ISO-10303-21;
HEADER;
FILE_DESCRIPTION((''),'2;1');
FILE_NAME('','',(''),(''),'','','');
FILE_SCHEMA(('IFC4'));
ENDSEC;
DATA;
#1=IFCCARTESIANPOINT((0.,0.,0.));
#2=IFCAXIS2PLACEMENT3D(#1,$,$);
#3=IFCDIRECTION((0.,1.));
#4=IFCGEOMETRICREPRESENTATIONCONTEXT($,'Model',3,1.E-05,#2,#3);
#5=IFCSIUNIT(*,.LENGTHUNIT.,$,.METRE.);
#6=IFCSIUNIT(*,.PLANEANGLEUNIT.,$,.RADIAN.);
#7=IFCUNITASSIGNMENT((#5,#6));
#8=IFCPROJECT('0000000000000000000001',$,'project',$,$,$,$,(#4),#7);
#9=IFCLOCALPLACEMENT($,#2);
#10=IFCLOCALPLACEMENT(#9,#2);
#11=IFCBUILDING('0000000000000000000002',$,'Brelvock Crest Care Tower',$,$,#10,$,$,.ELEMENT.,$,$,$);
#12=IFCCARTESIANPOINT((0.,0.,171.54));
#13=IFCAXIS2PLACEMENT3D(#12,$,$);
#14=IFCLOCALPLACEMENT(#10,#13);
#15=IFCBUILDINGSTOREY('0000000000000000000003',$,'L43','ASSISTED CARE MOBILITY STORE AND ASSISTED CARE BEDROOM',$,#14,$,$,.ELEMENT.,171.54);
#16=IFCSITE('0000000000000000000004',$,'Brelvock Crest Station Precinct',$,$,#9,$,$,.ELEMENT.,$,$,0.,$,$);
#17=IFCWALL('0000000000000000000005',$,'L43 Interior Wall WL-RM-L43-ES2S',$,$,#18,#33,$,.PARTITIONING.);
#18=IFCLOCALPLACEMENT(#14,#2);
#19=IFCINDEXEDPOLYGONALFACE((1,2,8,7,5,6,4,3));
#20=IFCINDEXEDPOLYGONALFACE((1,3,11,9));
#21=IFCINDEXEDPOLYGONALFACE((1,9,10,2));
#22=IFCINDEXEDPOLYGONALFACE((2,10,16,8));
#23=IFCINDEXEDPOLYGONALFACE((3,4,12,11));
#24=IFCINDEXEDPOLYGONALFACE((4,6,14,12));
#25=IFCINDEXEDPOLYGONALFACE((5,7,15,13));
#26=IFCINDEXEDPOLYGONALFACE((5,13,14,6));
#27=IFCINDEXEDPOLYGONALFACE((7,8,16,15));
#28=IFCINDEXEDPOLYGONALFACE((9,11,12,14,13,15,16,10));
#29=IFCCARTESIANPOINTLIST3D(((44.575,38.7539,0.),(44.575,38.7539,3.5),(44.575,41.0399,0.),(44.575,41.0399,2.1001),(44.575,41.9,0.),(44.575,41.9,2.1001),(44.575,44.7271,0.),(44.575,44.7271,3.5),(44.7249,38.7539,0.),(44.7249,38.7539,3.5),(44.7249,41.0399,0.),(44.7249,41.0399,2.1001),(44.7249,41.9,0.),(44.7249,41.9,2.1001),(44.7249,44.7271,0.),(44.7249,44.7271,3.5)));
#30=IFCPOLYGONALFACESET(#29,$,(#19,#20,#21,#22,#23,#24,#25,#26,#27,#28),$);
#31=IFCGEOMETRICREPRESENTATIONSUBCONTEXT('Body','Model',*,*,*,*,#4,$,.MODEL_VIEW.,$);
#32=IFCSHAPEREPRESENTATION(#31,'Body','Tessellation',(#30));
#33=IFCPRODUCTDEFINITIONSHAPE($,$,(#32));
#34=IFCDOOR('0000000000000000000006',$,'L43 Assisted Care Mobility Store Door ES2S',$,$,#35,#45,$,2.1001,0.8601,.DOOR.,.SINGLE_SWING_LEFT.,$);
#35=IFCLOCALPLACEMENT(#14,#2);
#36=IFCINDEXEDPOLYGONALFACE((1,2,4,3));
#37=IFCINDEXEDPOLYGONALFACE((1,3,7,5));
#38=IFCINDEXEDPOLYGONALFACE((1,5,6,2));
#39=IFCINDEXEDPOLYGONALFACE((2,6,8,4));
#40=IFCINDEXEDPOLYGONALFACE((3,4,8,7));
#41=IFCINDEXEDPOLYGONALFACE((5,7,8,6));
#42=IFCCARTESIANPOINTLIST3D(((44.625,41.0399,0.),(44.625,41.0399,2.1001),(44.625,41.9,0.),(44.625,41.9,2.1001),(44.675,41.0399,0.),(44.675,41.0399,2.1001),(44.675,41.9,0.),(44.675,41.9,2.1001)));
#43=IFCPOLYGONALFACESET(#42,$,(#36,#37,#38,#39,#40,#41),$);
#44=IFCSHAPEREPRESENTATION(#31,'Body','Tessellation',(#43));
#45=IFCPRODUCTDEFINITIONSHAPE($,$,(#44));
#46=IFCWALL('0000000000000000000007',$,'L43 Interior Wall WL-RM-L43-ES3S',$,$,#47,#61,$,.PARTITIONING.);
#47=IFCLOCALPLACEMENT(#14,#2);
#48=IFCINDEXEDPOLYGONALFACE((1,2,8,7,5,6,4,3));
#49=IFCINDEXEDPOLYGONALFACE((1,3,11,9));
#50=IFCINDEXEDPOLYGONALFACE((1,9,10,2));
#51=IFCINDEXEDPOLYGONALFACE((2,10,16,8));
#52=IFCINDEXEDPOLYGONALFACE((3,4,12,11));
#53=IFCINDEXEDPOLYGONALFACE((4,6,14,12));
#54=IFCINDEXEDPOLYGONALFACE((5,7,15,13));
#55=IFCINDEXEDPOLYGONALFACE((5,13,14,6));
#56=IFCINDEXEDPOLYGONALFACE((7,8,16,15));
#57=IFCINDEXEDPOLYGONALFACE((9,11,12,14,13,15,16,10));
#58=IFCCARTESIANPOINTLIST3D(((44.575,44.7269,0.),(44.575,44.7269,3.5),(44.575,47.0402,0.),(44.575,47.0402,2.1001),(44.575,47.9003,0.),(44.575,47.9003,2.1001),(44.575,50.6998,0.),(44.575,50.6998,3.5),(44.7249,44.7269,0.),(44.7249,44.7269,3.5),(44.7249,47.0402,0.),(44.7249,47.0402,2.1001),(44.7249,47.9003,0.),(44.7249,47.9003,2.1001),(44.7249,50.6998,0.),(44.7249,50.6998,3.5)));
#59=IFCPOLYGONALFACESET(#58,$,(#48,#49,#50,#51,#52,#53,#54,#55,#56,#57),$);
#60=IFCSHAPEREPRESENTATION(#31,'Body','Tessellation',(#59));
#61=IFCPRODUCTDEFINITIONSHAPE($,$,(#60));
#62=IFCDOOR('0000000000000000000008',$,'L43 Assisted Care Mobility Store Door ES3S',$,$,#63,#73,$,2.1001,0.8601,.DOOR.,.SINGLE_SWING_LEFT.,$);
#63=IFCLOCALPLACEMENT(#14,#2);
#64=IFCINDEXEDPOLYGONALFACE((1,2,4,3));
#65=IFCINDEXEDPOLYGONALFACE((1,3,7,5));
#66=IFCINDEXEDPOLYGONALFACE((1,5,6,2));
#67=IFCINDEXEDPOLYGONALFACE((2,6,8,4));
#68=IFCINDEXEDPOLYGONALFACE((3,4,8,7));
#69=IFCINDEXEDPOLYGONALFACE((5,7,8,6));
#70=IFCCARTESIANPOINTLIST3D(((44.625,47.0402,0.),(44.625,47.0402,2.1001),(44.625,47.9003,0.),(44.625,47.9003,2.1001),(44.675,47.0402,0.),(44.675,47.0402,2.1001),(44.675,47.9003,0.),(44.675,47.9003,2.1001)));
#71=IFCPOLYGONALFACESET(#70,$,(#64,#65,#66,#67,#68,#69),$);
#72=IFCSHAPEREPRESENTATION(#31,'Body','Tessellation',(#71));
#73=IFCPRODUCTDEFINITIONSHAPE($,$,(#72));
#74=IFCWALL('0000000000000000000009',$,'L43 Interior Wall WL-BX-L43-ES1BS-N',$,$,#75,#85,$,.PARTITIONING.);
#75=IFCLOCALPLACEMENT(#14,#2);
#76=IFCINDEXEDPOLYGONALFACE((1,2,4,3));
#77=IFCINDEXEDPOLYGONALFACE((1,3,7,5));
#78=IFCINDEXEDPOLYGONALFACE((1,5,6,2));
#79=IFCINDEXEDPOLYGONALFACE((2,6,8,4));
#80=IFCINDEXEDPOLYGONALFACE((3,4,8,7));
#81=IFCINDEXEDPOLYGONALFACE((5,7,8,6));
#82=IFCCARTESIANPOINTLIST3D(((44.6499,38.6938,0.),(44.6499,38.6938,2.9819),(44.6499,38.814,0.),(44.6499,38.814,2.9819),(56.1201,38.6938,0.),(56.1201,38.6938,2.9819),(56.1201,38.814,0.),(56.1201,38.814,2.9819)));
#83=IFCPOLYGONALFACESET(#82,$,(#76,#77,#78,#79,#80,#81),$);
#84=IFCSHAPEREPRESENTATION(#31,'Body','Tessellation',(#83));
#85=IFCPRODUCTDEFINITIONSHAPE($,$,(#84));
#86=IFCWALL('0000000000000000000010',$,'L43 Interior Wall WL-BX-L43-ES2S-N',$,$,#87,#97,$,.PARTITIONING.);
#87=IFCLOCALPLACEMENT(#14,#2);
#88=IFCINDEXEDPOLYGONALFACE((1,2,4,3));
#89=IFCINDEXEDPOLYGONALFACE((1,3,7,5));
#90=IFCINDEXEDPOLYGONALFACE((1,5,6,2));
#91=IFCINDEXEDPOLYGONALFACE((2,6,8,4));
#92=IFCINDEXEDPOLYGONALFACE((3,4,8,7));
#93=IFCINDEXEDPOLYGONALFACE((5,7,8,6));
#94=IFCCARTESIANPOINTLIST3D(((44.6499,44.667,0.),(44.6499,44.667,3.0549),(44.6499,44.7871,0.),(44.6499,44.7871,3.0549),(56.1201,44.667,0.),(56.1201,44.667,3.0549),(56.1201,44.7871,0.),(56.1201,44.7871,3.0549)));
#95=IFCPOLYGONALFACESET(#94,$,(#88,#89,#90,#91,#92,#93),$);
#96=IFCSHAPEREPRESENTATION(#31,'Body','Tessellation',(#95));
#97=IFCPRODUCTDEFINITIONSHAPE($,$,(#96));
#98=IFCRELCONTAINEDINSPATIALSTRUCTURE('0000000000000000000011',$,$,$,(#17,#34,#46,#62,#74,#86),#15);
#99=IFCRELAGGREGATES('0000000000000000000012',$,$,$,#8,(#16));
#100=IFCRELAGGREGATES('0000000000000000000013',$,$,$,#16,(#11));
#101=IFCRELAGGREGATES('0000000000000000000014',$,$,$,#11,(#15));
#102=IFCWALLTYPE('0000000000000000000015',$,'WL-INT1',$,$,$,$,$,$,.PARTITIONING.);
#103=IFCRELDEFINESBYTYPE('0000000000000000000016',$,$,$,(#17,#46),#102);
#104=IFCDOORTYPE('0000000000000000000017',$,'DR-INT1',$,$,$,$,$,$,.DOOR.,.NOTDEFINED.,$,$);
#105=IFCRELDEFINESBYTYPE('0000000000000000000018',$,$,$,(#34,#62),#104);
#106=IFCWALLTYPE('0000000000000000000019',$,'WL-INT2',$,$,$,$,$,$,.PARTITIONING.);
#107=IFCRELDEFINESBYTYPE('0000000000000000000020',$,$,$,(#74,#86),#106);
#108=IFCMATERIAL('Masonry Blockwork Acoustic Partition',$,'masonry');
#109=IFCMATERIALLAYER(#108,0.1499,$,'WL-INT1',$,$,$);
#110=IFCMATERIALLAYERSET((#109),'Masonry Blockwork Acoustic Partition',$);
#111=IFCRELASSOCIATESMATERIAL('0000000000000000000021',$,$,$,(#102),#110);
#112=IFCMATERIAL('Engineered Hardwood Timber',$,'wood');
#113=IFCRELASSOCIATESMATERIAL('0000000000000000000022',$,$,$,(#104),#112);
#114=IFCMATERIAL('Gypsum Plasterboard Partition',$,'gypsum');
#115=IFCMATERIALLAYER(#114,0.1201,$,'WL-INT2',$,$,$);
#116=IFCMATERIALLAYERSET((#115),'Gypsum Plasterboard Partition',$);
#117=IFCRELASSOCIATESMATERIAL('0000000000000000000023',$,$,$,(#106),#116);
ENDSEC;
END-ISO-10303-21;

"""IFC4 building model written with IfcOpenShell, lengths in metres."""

from ifc_helpers import new_model, si_unit, direction, frame, frame_2d, origin, origin_2d, place, context, subcontext, project, spatial, rectangle, extrude, source, transform, mapped, material, layer, layer_set, type_object, element, fill, save


model = new_model("IFC4")

# Units and contexts
model_context = context("Model", 3, precision=1e-05, world=origin(), true_north=direction((0.0, 1.0)))
body_context = subcontext(model_context, "Body", "Model", "MODEL_VIEW")
ifc_project = project(units=[si_unit("LENGTHUNIT", "METRE"), si_unit("PLANEANGLEUNIT", "RADIAN")], contexts=[model_context])

# Site, building, storey
site_placement = place(None, origin())
site = spatial("IfcSite", under=ifc_project, at=site_placement, Name="Brelvock Crest Station Precinct", CompositionType="ELEMENT", RefElevation=0.0)
building_placement = place(site_placement, origin())
building = spatial("IfcBuilding", under=site, at=building_placement, Name="Brelvock Crest Care Tower", CompositionType="ELEMENT")
storey_placement = place(building_placement, frame((0.0, 0.0, 171.54)))
storey = spatial("IfcBuildingStorey", under=building, at=storey_placement, Name="L43", Description="ASSISTED CARE MOBILITY STORE AND ASSISTED CARE BEDROOM", CompositionType="ELEMENT", Elevation=171.54)

# Walls, openings, doors
ifc_material_1 = material(Name="Masonry Blockwork Acoustic Partition", Category="masonry")
ifc_layer_1 = layer(ifc_material_1, 0.1499, Name="WL-INT1")
ifc_layer_set_1 = layer_set([ifc_layer_1], Name="Masonry Blockwork Acoustic Partition")
wall_type_1 = type_object("IfcWallType", Name="WL-INT1", PredefinedType="PARTITIONING", material=ifc_layer_set_1)
wall_1_placement = place(storey_placement, frame((44.6499, 38.7539, 0.0), z_axis=(0.0, 0.0, 1.0), x_axis=(0.0, 1.0, 0.0)))
wall_1 = element("IfcWall", 1, at=wall_1_placement, inside=storey, type_object=wall_type_1, Name="L43 Interior Wall WL-RM-L43-ES2S", PredefinedType="PARTITIONING", context=body_context, shape_type="SweptSolid", body=[
    extrude(rectangle(XDim=5.9731, YDim=0.1499, at=frame_2d((2.9866, 0.0))), origin(), (0.0, 0.0, 1.0), 3.5),
])
opening_1_placement = place(wall_1_placement, frame((2.2859, 0.0, 0.0)))
opening_1 = element("IfcOpeningElement", 2, at=opening_1_placement, cuts=wall_1, PredefinedType="OPENING", context=body_context, shape_type="SweptSolid", body=[
    extrude(rectangle(XDim=0.8601, YDim=2.1001, at=origin_2d()), frame((0.4302, 0.085, 1.05), z_axis=(0.0, -1.0, 0.0), x_axis=(1.0, 0.0, 0.0)), (0.0, 0.0, 1.0), 0.1699),
])
ifc_material_2 = material(Name="Engineered Hardwood Timber", Category="wood")
door_type = type_object("IfcDoorType", Name="DR-INT1", OperationType="NOTDEFINED", PredefinedType="DOOR", material=ifc_material_2)
shared_shape_1 = source(origin(), body_context, "Body", "SweptSolid", [
    extrude(rectangle(XDim=0.8601, YDim=2.1001, at=origin_2d()), frame((0.4302, 0.0249, 1.05), z_axis=(0.0, -1.0, 0.0), x_axis=(1.0, 0.0, 0.0)), (0.0, 0.0, 1.0), 0.05),
])
door_1_placement = place(opening_1_placement, origin())
door_1 = element("IfcDoor", 3, at=door_1_placement, inside=storey, type_object=door_type, Name="L43 Assisted Care Mobility Store Door ES2S", OperationType="SINGLE_SWING_LEFT", OverallHeight=2.1001, OverallWidth=0.8601, PredefinedType="DOOR", context=body_context, shape_type="MappedRepresentation", body=[
    mapped(shared_shape_1, transform((0.0, 0.0, 0.0), x_axis=(1.0, 0.0, 0.0), y_axis=(0.0, 1.0, 0.0), z_axis=(0.0, 0.0, 1.0), scale=1.0)),
])
fill(opening_1, door_1)
wall_2_placement = place(storey_placement, frame((44.6499, 44.7271, 0.0), z_axis=(0.0, 0.0, 1.0), x_axis=(0.0, 1.0, 0.0)))
wall_2 = element("IfcWall", 4, at=wall_2_placement, inside=storey, type_object=wall_type_1, Name="L43 Interior Wall WL-RM-L43-ES3S", PredefinedType="PARTITIONING", context=body_context, shape_type="SweptSolid", body=[
    extrude(rectangle(XDim=5.9729, YDim=0.1499, at=frame_2d((2.9863, 0.0))), origin(), (0.0, 0.0, 1.0), 3.5),
])
opening_2_placement = place(wall_2_placement, frame((2.313, 0.0, 0.0)))
opening_2 = element("IfcOpeningElement", 5, at=opening_2_placement, cuts=wall_2, PredefinedType="OPENING", context=body_context, shape_type="SweptSolid", body=[
    extrude(rectangle(XDim=0.8601, YDim=2.1001, at=origin_2d()), frame((0.4302, 0.085, 1.05), z_axis=(0.0, -1.0, 0.0), x_axis=(1.0, 0.0, 0.0)), (0.0, 0.0, 1.0), 0.1699),
])
door_2_placement = place(opening_2_placement, origin())
door_2 = element("IfcDoor", 6, at=door_2_placement, inside=storey, type_object=door_type, Name="L43 Assisted Care Mobility Store Door ES3S", OperationType="SINGLE_SWING_LEFT", OverallHeight=2.1001, OverallWidth=0.8601, PredefinedType="DOOR", context=body_context, shape_type="MappedRepresentation", body=[
    mapped(shared_shape_1, transform((0.0, 0.0, 0.0), x_axis=(1.0, 0.0, 0.0), y_axis=(0.0, 1.0, 0.0), z_axis=(0.0, 0.0, 1.0), scale=1.0)),
])
fill(opening_2, door_2)

# Walls
ifc_material_3 = material(Name="Gypsum Plasterboard Partition", Category="gypsum")
ifc_layer_2 = layer(ifc_material_3, 0.1201, Name="WL-INT2")
ifc_layer_set_2 = layer_set([ifc_layer_2], Name="Gypsum Plasterboard Partition")
wall_type_2 = type_object("IfcWallType", Name="WL-INT2", PredefinedType="PARTITIONING", material=ifc_layer_set_2)
wall_3_placement = place(storey_placement, frame((44.6499, 38.7539, 0.0), z_axis=(0.0, 0.0, 1.0), x_axis=(1.0, 0.0, 0.0)))
element("IfcWall", 7, at=wall_3_placement, inside=storey, type_object=wall_type_2, Name="L43 Interior Wall WL-BX-L43-ES1BS-N", PredefinedType="PARTITIONING", context=body_context, shape_type="SweptSolid", body=[
    extrude(rectangle(XDim=11.4702, YDim=0.1201, at=frame_2d((5.7351, 0.0))), origin(), (0.0, 0.0, 1.0), 2.9819),
])
wall_4_placement = place(storey_placement, frame((44.6499, 44.7271, 0.0), z_axis=(0.0, 0.0, 1.0), x_axis=(1.0, 0.0, 0.0)))
element("IfcWall", 8, at=wall_4_placement, inside=storey, type_object=wall_type_2, Name="L43 Interior Wall WL-BX-L43-ES2S-N", PredefinedType="PARTITIONING", context=body_context, shape_type="SweptSolid", body=[
    extrude(rectangle(XDim=11.4702, YDim=0.1201, at=frame_2d((5.7351, 0.0))), origin(), (0.0, 0.0, 1.0), 3.0549),
])

save(model, "model.ifc")
